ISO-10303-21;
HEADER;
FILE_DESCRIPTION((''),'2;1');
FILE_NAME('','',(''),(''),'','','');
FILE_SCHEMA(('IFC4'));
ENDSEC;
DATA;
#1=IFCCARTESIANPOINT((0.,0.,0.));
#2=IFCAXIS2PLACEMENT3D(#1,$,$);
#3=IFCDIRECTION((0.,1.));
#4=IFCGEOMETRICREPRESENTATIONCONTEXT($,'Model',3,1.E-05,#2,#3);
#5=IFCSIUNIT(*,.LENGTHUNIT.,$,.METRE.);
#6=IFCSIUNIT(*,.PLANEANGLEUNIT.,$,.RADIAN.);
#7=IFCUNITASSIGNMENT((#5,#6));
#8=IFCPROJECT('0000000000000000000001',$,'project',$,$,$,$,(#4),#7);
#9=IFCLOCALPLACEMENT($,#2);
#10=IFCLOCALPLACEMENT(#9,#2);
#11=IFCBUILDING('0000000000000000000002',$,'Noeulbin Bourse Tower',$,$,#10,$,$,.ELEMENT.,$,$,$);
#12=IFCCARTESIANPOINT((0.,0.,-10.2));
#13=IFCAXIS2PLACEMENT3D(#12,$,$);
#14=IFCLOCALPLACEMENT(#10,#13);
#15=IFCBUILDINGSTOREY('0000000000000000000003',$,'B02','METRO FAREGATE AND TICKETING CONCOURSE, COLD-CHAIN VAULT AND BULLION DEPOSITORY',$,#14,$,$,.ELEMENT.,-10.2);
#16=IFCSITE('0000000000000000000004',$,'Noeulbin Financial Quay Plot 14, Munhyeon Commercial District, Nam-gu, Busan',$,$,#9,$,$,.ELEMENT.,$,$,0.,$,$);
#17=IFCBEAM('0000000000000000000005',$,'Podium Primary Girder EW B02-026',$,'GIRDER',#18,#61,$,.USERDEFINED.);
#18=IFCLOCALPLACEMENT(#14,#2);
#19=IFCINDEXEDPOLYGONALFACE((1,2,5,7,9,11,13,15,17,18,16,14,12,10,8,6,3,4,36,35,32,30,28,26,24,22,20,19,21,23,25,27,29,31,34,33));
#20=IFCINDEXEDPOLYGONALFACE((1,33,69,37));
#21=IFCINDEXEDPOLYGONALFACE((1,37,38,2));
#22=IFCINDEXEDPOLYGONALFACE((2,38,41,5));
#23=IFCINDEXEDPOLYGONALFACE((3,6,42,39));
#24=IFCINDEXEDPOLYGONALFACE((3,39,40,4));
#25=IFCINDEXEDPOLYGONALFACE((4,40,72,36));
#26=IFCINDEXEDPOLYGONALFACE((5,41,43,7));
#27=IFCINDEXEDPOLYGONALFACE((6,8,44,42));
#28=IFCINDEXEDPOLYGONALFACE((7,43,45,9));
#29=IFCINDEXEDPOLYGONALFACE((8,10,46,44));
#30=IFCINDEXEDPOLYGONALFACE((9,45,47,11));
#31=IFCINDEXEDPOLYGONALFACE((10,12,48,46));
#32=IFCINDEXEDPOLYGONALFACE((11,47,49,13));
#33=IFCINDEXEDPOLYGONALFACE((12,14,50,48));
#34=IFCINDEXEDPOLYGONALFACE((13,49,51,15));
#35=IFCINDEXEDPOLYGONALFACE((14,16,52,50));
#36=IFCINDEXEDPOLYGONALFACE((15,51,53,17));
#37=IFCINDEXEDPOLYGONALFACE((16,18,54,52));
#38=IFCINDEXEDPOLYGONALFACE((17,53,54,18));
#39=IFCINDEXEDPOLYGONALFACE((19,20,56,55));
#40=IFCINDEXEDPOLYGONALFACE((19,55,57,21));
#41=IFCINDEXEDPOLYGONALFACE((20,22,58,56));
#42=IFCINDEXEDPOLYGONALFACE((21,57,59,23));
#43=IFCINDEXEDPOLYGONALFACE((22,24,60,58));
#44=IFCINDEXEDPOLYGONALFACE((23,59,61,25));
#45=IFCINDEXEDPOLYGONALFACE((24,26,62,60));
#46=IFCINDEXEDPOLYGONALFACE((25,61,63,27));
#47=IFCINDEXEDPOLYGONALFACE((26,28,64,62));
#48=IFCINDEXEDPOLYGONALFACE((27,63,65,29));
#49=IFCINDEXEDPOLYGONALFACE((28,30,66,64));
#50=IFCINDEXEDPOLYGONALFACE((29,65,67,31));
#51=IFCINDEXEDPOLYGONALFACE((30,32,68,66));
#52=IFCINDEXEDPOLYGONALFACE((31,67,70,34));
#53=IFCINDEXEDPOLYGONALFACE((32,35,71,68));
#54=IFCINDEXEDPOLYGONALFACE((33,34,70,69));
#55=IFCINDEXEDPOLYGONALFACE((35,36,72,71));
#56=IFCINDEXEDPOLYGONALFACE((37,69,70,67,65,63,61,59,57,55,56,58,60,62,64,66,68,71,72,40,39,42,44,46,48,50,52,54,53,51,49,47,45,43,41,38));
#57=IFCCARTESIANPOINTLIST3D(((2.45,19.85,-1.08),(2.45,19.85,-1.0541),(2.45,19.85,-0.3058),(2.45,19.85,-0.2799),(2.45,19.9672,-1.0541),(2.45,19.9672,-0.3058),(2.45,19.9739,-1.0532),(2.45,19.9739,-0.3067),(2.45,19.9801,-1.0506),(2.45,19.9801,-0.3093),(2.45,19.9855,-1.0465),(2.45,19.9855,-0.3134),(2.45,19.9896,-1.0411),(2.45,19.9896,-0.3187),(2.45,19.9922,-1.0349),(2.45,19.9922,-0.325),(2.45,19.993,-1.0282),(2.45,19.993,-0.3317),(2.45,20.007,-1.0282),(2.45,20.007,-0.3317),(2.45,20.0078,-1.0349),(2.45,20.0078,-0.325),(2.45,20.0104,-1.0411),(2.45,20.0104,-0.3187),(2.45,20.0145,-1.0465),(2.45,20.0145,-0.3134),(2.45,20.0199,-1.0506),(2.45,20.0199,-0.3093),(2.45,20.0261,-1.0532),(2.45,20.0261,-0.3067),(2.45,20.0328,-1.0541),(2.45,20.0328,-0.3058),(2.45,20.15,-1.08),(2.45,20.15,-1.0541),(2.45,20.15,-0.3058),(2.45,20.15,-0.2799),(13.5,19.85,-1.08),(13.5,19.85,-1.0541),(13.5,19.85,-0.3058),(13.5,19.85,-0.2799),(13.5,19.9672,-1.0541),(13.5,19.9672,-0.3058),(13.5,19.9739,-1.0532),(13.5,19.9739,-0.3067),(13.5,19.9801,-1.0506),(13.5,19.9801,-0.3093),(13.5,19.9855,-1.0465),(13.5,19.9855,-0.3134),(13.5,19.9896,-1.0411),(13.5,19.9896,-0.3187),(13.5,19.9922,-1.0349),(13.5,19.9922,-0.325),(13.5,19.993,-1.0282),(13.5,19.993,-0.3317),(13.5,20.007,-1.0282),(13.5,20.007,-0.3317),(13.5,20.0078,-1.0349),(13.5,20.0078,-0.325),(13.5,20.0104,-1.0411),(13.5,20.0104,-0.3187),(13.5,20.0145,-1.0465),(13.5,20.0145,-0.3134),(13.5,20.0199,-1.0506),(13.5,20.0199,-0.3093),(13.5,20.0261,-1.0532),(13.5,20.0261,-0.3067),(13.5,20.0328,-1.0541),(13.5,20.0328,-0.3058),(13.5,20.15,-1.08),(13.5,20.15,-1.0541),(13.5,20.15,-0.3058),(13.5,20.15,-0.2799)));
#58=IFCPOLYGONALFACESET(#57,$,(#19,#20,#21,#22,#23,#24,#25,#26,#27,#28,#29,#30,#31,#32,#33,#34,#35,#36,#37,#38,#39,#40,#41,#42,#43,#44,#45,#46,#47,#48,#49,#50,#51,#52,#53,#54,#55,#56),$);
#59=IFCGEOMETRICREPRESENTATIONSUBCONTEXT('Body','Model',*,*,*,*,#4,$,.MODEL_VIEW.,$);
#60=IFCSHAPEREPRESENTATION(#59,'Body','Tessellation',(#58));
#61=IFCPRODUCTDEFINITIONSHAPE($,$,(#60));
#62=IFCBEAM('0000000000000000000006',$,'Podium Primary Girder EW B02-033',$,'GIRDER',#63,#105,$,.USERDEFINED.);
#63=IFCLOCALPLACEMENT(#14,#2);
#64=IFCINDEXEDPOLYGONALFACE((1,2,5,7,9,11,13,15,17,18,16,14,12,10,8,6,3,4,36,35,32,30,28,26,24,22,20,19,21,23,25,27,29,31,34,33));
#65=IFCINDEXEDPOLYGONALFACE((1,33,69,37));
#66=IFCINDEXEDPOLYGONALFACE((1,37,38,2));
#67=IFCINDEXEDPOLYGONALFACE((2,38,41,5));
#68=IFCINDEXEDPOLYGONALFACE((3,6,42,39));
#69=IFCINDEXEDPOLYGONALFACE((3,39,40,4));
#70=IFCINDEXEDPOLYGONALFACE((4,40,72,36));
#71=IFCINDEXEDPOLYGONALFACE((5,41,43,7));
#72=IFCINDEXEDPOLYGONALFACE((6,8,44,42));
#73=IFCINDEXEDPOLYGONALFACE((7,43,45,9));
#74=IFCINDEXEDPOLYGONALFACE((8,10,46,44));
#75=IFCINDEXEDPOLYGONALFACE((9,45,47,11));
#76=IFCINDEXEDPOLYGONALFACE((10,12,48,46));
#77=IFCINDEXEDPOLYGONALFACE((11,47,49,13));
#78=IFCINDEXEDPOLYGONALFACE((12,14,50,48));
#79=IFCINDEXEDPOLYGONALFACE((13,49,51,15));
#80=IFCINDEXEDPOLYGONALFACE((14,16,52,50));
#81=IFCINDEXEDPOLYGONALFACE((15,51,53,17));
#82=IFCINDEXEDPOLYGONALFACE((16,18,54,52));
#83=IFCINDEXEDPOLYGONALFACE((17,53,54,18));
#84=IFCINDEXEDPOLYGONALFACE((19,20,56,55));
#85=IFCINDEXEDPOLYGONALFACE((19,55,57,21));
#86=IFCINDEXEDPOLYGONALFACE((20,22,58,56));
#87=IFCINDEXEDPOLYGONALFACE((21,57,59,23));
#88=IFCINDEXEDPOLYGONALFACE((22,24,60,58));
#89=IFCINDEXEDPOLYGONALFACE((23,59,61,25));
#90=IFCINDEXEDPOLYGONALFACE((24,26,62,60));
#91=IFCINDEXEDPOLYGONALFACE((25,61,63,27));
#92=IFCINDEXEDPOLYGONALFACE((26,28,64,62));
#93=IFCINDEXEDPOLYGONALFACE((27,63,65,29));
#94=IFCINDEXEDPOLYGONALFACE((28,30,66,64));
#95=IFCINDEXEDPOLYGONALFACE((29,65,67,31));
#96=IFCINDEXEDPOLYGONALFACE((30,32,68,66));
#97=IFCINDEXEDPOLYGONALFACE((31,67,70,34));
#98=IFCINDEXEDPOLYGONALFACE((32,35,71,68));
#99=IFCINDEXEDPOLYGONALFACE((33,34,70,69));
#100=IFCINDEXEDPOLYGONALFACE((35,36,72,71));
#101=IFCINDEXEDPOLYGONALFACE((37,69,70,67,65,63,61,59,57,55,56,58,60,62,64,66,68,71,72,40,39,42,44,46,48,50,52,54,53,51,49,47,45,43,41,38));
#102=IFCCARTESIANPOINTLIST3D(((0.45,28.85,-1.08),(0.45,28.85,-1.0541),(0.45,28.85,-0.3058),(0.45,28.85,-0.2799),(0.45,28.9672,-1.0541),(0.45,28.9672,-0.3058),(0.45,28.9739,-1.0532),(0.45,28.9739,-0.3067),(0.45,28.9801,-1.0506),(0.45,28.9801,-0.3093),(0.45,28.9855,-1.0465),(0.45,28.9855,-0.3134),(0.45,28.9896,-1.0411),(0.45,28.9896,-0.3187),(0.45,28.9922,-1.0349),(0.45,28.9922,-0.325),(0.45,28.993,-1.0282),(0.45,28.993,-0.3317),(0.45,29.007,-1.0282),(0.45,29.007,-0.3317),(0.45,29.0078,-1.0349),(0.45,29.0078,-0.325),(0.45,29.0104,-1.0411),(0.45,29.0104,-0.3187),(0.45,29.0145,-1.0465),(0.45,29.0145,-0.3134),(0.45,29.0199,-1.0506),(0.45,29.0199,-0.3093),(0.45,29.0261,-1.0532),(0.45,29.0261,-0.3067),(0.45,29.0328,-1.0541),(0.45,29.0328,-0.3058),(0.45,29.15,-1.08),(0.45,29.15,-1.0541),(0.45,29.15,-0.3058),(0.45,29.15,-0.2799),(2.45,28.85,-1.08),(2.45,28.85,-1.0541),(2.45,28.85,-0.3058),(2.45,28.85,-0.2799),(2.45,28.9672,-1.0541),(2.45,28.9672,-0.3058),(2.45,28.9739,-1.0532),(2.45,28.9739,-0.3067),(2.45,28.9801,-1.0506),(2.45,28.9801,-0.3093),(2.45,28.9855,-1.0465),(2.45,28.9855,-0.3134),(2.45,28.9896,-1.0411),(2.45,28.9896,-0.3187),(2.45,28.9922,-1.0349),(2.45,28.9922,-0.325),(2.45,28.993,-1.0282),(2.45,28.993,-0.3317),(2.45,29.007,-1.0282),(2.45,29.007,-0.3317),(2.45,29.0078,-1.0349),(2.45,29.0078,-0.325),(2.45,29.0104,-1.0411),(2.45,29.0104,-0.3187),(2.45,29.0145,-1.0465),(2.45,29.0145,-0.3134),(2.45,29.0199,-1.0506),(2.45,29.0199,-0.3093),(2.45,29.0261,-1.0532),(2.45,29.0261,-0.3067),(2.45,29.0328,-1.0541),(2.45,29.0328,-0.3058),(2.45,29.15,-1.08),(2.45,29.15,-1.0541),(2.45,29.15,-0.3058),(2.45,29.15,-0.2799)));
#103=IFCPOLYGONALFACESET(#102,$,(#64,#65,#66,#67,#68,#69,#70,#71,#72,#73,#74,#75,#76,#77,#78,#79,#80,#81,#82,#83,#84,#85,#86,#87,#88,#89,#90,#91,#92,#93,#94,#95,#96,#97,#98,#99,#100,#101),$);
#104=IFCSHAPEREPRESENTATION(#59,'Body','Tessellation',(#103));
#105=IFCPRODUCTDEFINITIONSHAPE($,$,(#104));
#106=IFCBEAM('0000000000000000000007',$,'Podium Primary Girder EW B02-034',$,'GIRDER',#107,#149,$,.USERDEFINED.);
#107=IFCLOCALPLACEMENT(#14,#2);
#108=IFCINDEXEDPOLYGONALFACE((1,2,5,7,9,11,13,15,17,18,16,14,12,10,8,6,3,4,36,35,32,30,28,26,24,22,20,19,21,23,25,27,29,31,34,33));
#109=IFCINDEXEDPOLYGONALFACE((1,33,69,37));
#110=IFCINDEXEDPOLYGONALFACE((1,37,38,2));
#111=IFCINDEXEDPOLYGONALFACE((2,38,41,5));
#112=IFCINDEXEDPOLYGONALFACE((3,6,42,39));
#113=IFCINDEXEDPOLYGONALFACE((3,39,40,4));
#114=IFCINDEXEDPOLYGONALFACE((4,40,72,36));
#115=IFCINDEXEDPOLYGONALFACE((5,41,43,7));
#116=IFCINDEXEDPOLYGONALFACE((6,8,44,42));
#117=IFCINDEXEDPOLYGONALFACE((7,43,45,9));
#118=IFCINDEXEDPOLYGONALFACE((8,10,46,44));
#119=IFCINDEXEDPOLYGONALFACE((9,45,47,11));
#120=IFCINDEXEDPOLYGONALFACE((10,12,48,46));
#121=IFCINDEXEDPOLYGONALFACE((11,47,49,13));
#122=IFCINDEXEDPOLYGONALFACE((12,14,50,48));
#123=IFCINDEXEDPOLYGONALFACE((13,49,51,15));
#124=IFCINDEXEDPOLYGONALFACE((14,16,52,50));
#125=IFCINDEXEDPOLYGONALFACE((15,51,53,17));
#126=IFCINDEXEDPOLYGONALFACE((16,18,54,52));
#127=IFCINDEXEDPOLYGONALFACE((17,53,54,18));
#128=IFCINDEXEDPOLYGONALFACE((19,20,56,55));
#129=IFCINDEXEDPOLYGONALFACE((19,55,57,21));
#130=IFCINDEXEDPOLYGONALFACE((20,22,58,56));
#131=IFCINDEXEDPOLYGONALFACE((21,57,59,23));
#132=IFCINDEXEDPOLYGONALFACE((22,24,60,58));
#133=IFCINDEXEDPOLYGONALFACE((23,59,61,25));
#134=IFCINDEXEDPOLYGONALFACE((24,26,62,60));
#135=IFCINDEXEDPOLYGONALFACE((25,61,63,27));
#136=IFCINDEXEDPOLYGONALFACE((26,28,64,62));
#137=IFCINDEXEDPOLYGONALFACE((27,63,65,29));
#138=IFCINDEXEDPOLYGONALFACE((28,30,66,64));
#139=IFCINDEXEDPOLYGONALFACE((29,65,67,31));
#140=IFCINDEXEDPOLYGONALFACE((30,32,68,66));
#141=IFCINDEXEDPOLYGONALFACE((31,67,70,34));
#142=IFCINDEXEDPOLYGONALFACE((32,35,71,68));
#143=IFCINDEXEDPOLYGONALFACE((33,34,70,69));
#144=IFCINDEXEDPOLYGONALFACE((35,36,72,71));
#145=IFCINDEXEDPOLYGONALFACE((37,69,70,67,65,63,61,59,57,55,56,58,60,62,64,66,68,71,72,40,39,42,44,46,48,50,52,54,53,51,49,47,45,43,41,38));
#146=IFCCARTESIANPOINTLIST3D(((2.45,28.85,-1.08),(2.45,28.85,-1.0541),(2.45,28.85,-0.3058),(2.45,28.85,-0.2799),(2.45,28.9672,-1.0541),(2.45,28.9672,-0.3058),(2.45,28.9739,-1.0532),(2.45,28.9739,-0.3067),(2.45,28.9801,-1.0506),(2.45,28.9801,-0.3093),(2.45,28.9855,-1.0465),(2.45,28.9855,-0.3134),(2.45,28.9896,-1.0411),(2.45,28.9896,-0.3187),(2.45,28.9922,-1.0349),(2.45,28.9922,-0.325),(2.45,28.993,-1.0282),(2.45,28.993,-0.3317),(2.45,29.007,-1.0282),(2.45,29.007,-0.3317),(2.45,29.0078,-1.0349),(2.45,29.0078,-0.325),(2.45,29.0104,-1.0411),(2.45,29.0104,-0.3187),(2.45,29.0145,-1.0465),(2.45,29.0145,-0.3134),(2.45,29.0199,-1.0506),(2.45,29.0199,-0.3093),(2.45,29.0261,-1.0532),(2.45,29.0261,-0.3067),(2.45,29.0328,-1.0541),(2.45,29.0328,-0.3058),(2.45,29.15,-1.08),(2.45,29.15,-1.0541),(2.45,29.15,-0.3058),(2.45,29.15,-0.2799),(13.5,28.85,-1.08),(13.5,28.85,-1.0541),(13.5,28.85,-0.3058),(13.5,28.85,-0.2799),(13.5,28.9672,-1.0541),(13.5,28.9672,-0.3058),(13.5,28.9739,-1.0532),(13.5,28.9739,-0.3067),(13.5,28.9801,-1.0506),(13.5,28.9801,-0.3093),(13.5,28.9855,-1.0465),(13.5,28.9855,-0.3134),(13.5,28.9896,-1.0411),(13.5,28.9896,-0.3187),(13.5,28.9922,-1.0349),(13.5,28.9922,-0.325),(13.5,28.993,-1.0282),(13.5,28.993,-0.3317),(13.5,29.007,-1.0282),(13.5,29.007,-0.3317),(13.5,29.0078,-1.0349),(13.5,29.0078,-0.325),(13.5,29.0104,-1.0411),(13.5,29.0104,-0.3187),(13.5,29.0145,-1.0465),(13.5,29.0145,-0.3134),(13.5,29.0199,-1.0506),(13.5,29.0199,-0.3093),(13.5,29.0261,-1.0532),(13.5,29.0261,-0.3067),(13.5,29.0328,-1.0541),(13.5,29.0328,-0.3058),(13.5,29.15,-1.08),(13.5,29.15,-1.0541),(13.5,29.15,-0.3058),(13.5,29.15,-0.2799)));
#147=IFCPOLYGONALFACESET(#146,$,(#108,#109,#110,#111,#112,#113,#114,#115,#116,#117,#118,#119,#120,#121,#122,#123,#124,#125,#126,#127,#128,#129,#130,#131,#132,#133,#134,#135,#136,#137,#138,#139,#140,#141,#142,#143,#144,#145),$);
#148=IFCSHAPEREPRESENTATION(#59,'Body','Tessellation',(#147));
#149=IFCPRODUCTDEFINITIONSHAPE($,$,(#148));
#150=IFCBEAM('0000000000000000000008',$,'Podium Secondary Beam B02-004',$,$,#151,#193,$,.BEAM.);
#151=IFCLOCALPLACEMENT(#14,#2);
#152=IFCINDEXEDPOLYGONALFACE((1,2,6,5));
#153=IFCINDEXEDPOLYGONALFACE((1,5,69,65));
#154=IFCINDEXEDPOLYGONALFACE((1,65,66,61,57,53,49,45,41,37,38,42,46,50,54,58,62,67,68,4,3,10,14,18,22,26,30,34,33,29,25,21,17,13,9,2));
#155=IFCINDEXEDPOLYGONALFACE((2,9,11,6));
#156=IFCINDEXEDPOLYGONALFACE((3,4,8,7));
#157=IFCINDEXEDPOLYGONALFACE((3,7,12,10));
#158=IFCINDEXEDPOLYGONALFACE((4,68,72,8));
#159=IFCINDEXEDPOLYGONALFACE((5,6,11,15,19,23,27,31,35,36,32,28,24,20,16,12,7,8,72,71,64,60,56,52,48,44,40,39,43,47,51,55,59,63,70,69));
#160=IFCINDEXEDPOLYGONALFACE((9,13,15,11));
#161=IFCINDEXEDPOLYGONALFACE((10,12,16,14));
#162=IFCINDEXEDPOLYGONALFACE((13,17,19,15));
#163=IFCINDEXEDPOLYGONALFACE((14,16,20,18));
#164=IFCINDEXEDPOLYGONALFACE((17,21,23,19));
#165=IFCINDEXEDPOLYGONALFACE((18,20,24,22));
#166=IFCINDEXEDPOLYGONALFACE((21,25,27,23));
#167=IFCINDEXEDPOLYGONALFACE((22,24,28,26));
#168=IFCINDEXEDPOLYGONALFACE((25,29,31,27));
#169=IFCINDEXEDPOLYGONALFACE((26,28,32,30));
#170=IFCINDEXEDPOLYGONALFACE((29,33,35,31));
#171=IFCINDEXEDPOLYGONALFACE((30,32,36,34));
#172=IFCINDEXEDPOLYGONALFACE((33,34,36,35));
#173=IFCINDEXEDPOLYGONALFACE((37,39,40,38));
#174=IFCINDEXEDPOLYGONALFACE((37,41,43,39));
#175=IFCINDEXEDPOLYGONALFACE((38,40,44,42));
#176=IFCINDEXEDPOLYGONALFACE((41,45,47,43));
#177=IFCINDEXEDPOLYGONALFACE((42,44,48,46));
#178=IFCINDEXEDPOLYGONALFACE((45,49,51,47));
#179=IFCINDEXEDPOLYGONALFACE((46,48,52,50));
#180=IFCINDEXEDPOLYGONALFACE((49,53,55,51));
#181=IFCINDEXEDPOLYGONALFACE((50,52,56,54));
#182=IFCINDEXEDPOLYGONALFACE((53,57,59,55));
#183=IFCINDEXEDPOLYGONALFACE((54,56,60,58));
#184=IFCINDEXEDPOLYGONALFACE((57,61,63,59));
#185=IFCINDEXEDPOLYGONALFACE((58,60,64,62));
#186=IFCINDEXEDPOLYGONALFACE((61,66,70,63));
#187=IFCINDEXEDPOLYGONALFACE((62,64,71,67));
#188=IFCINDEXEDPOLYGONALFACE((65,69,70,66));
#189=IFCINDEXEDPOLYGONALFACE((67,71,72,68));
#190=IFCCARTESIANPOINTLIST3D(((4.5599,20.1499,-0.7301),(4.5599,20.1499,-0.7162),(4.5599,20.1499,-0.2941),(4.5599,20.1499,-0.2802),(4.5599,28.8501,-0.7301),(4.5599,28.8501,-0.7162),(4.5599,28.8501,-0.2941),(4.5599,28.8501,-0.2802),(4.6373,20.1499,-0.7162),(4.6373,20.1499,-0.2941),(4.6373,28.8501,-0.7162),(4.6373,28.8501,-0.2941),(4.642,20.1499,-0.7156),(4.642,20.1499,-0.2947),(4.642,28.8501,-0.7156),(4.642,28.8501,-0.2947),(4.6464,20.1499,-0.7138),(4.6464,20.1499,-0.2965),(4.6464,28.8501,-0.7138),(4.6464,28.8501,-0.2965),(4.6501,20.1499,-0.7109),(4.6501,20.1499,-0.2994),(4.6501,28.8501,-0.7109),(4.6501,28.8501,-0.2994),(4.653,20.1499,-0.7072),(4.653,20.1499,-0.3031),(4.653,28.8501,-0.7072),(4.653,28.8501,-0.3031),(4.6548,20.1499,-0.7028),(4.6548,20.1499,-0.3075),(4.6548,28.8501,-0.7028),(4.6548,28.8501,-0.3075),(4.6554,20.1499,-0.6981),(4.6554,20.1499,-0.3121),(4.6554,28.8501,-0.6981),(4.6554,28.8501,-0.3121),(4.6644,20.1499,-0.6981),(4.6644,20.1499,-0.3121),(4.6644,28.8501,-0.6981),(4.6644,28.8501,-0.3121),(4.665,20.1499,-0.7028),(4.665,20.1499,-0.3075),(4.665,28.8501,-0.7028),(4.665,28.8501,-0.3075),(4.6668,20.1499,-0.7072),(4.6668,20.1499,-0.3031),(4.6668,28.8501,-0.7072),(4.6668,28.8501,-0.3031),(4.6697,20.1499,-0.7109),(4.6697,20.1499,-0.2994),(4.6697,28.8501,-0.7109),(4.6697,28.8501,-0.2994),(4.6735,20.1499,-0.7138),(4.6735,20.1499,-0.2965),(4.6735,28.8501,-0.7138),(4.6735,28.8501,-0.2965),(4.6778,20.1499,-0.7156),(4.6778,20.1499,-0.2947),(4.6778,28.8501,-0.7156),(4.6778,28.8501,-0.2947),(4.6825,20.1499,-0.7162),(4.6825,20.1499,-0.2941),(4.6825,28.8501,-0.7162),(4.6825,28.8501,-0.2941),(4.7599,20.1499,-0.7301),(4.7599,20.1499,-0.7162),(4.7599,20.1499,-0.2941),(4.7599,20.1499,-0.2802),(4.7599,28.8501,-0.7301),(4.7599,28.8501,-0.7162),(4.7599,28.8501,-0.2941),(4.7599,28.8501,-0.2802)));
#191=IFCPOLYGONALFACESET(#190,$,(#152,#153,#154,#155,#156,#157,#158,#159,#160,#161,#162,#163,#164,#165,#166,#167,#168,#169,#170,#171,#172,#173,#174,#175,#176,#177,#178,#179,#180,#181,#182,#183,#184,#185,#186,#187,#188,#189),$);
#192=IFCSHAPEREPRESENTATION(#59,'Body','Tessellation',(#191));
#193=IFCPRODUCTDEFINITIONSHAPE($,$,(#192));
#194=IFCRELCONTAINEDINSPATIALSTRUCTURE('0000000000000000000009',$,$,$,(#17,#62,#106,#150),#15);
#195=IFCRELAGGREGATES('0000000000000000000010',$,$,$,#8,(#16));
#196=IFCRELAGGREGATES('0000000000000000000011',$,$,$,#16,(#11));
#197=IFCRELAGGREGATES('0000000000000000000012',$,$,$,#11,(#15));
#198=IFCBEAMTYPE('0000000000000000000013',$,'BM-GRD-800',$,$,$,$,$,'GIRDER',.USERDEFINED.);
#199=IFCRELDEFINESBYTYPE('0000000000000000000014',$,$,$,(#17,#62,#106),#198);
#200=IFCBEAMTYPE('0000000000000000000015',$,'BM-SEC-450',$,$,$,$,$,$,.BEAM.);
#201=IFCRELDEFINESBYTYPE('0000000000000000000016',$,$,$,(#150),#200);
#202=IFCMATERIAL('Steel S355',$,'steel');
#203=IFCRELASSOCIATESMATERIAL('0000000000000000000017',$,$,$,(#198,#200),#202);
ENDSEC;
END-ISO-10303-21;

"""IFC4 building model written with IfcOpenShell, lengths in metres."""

from ifc_helpers import new_model, si_unit, direction, frame, origin, origin_2d, place, context, subcontext, project, spatial, i_section, extrude, material, material_profile, profile_set, type_object, element, save


model = new_model("IFC4")

# Units and contexts
model_context = context("Model", 3, precision=1e-05, world=origin(), true_north=direction((0.0, 1.0)))
body_context = subcontext(model_context, "Body", "Model", "MODEL_VIEW")
ifc_project = project(units=[si_unit("LENGTHUNIT", "METRE"), si_unit("PLANEANGLEUNIT", "RADIAN")], contexts=[model_context])

# Site, building, storey
site_placement = place(None, origin())
site = spatial("IfcSite", under=ifc_project, at=site_placement, Name="Noeulbin Financial Quay Plot 14, Munhyeon Commercial District, Nam-gu, Busan", CompositionType="ELEMENT", RefElevation=0.0)
building_placement = place(site_placement, origin())
building = spatial("IfcBuilding", under=site, at=building_placement, Name="Noeulbin Bourse Tower", CompositionType="ELEMENT")
storey_placement = place(building_placement, frame((0.0, 0.0, -10.2)))
storey = spatial("IfcBuildingStorey", under=building, at=storey_placement, Name="B02", Description="METRO FAREGATE AND TICKETING CONCOURSE, COLD-CHAIN VAULT AND BULLION DEPOSITORY", CompositionType="ELEMENT", Elevation=-10.2)

# Beams
ifc_material_1 = material(Name="Steel S355", Category="steel")
ifc_material_profile_1 = material_profile(ifc_material_1, i_section(OverallWidth=0.3, OverallDepth=0.8, WebThickness=0.0139, FlangeThickness=0.0259, FilletRadius=0.0259, at=origin_2d()), Name="H-800x300x14x26", Category="LoadBearing")
ifc_profile_set_1 = profile_set([ifc_material_profile_1], Name="Steel S355")
beam_type_1 = type_object("IfcBeamType", Name="BM-GRD-800", ElementType="GIRDER", PredefinedType="USERDEFINED", material=ifc_profile_set_1)
beam_1_placement = place(storey_placement, frame((2.45, 20.0, -0.6799), z_axis=(1.0, 0.0, 0.0), x_axis=(0.0, 1.0, 0.0)))
element("IfcBeam", 1, at=beam_1_placement, inside=storey, type_object=beam_type_1, Name="Podium Primary Girder EW B02-026", ObjectType="GIRDER", PredefinedType="USERDEFINED", context=body_context, shape_type="SweptSolid", body=[
    extrude(i_section(OverallWidth=0.3, OverallDepth=0.8, WebThickness=0.0139, FlangeThickness=0.0259, FilletRadius=0.0259, at=origin_2d()), origin(), (0.0, 0.0, 1.0), 11.05),
])
beam_2_placement = place(storey_placement, frame((0.45, 29.0, -0.6799), z_axis=(1.0, 0.0, 0.0), x_axis=(0.0, 1.0, 0.0)))
element("IfcBeam", 2, at=beam_2_placement, inside=storey, type_object=beam_type_1, Name="Podium Primary Girder EW B02-033", ObjectType="GIRDER", PredefinedType="USERDEFINED", context=body_context, shape_type="SweptSolid", body=[
    extrude(i_section(OverallWidth=0.3, OverallDepth=0.8, WebThickness=0.0139, FlangeThickness=0.0259, FilletRadius=0.0259, at=origin_2d()), origin(), (0.0, 0.0, 1.0), 2.0),
])
beam_3_placement = place(storey_placement, frame((2.45, 29.0, -0.6799), z_axis=(1.0, 0.0, 0.0), x_axis=(0.0, 1.0, 0.0)))
element("IfcBeam", 3, at=beam_3_placement, inside=storey, type_object=beam_type_1, Name="Podium Primary Girder EW B02-034", ObjectType="GIRDER", PredefinedType="USERDEFINED", context=body_context, shape_type="SweptSolid", body=[
    extrude(i_section(OverallWidth=0.3, OverallDepth=0.8, WebThickness=0.0139, FlangeThickness=0.0259, FilletRadius=0.0259, at=origin_2d()), origin(), (0.0, 0.0, 1.0), 11.05),
])
ifc_material_profile_2 = material_profile(ifc_material_1, i_section(OverallWidth=0.2, OverallDepth=0.45, WebThickness=0.009, FlangeThickness=0.0139, FilletRadius=0.0181, at=origin_2d()), Name="H-450x200x9x14", Category="LoadBearing")
ifc_profile_set_2 = profile_set([ifc_material_profile_2], Name="Steel S355")
beam_type_2 = type_object("IfcBeamType", Name="BM-SEC-450", PredefinedType="BEAM", material=ifc_profile_set_2)
beam_4_placement = place(storey_placement, frame((4.6599, 20.1499, -0.5051), z_axis=(0.0, 1.0, 0.0), x_axis=(-1.0, 0.0, 0.0)))
element("IfcBeam", 4, at=beam_4_placement, inside=storey, type_object=beam_type_2, Name="Podium Secondary Beam B02-004", PredefinedType="BEAM", context=body_context, shape_type="SweptSolid", body=[
    extrude(i_section(OverallWidth=0.2, OverallDepth=0.45, WebThickness=0.009, FlangeThickness=0.0139, FilletRadius=0.0181, at=origin_2d()), origin(), (0.0, 0.0, 1.0), 8.7002),
])

save(model, "model.ifc")
